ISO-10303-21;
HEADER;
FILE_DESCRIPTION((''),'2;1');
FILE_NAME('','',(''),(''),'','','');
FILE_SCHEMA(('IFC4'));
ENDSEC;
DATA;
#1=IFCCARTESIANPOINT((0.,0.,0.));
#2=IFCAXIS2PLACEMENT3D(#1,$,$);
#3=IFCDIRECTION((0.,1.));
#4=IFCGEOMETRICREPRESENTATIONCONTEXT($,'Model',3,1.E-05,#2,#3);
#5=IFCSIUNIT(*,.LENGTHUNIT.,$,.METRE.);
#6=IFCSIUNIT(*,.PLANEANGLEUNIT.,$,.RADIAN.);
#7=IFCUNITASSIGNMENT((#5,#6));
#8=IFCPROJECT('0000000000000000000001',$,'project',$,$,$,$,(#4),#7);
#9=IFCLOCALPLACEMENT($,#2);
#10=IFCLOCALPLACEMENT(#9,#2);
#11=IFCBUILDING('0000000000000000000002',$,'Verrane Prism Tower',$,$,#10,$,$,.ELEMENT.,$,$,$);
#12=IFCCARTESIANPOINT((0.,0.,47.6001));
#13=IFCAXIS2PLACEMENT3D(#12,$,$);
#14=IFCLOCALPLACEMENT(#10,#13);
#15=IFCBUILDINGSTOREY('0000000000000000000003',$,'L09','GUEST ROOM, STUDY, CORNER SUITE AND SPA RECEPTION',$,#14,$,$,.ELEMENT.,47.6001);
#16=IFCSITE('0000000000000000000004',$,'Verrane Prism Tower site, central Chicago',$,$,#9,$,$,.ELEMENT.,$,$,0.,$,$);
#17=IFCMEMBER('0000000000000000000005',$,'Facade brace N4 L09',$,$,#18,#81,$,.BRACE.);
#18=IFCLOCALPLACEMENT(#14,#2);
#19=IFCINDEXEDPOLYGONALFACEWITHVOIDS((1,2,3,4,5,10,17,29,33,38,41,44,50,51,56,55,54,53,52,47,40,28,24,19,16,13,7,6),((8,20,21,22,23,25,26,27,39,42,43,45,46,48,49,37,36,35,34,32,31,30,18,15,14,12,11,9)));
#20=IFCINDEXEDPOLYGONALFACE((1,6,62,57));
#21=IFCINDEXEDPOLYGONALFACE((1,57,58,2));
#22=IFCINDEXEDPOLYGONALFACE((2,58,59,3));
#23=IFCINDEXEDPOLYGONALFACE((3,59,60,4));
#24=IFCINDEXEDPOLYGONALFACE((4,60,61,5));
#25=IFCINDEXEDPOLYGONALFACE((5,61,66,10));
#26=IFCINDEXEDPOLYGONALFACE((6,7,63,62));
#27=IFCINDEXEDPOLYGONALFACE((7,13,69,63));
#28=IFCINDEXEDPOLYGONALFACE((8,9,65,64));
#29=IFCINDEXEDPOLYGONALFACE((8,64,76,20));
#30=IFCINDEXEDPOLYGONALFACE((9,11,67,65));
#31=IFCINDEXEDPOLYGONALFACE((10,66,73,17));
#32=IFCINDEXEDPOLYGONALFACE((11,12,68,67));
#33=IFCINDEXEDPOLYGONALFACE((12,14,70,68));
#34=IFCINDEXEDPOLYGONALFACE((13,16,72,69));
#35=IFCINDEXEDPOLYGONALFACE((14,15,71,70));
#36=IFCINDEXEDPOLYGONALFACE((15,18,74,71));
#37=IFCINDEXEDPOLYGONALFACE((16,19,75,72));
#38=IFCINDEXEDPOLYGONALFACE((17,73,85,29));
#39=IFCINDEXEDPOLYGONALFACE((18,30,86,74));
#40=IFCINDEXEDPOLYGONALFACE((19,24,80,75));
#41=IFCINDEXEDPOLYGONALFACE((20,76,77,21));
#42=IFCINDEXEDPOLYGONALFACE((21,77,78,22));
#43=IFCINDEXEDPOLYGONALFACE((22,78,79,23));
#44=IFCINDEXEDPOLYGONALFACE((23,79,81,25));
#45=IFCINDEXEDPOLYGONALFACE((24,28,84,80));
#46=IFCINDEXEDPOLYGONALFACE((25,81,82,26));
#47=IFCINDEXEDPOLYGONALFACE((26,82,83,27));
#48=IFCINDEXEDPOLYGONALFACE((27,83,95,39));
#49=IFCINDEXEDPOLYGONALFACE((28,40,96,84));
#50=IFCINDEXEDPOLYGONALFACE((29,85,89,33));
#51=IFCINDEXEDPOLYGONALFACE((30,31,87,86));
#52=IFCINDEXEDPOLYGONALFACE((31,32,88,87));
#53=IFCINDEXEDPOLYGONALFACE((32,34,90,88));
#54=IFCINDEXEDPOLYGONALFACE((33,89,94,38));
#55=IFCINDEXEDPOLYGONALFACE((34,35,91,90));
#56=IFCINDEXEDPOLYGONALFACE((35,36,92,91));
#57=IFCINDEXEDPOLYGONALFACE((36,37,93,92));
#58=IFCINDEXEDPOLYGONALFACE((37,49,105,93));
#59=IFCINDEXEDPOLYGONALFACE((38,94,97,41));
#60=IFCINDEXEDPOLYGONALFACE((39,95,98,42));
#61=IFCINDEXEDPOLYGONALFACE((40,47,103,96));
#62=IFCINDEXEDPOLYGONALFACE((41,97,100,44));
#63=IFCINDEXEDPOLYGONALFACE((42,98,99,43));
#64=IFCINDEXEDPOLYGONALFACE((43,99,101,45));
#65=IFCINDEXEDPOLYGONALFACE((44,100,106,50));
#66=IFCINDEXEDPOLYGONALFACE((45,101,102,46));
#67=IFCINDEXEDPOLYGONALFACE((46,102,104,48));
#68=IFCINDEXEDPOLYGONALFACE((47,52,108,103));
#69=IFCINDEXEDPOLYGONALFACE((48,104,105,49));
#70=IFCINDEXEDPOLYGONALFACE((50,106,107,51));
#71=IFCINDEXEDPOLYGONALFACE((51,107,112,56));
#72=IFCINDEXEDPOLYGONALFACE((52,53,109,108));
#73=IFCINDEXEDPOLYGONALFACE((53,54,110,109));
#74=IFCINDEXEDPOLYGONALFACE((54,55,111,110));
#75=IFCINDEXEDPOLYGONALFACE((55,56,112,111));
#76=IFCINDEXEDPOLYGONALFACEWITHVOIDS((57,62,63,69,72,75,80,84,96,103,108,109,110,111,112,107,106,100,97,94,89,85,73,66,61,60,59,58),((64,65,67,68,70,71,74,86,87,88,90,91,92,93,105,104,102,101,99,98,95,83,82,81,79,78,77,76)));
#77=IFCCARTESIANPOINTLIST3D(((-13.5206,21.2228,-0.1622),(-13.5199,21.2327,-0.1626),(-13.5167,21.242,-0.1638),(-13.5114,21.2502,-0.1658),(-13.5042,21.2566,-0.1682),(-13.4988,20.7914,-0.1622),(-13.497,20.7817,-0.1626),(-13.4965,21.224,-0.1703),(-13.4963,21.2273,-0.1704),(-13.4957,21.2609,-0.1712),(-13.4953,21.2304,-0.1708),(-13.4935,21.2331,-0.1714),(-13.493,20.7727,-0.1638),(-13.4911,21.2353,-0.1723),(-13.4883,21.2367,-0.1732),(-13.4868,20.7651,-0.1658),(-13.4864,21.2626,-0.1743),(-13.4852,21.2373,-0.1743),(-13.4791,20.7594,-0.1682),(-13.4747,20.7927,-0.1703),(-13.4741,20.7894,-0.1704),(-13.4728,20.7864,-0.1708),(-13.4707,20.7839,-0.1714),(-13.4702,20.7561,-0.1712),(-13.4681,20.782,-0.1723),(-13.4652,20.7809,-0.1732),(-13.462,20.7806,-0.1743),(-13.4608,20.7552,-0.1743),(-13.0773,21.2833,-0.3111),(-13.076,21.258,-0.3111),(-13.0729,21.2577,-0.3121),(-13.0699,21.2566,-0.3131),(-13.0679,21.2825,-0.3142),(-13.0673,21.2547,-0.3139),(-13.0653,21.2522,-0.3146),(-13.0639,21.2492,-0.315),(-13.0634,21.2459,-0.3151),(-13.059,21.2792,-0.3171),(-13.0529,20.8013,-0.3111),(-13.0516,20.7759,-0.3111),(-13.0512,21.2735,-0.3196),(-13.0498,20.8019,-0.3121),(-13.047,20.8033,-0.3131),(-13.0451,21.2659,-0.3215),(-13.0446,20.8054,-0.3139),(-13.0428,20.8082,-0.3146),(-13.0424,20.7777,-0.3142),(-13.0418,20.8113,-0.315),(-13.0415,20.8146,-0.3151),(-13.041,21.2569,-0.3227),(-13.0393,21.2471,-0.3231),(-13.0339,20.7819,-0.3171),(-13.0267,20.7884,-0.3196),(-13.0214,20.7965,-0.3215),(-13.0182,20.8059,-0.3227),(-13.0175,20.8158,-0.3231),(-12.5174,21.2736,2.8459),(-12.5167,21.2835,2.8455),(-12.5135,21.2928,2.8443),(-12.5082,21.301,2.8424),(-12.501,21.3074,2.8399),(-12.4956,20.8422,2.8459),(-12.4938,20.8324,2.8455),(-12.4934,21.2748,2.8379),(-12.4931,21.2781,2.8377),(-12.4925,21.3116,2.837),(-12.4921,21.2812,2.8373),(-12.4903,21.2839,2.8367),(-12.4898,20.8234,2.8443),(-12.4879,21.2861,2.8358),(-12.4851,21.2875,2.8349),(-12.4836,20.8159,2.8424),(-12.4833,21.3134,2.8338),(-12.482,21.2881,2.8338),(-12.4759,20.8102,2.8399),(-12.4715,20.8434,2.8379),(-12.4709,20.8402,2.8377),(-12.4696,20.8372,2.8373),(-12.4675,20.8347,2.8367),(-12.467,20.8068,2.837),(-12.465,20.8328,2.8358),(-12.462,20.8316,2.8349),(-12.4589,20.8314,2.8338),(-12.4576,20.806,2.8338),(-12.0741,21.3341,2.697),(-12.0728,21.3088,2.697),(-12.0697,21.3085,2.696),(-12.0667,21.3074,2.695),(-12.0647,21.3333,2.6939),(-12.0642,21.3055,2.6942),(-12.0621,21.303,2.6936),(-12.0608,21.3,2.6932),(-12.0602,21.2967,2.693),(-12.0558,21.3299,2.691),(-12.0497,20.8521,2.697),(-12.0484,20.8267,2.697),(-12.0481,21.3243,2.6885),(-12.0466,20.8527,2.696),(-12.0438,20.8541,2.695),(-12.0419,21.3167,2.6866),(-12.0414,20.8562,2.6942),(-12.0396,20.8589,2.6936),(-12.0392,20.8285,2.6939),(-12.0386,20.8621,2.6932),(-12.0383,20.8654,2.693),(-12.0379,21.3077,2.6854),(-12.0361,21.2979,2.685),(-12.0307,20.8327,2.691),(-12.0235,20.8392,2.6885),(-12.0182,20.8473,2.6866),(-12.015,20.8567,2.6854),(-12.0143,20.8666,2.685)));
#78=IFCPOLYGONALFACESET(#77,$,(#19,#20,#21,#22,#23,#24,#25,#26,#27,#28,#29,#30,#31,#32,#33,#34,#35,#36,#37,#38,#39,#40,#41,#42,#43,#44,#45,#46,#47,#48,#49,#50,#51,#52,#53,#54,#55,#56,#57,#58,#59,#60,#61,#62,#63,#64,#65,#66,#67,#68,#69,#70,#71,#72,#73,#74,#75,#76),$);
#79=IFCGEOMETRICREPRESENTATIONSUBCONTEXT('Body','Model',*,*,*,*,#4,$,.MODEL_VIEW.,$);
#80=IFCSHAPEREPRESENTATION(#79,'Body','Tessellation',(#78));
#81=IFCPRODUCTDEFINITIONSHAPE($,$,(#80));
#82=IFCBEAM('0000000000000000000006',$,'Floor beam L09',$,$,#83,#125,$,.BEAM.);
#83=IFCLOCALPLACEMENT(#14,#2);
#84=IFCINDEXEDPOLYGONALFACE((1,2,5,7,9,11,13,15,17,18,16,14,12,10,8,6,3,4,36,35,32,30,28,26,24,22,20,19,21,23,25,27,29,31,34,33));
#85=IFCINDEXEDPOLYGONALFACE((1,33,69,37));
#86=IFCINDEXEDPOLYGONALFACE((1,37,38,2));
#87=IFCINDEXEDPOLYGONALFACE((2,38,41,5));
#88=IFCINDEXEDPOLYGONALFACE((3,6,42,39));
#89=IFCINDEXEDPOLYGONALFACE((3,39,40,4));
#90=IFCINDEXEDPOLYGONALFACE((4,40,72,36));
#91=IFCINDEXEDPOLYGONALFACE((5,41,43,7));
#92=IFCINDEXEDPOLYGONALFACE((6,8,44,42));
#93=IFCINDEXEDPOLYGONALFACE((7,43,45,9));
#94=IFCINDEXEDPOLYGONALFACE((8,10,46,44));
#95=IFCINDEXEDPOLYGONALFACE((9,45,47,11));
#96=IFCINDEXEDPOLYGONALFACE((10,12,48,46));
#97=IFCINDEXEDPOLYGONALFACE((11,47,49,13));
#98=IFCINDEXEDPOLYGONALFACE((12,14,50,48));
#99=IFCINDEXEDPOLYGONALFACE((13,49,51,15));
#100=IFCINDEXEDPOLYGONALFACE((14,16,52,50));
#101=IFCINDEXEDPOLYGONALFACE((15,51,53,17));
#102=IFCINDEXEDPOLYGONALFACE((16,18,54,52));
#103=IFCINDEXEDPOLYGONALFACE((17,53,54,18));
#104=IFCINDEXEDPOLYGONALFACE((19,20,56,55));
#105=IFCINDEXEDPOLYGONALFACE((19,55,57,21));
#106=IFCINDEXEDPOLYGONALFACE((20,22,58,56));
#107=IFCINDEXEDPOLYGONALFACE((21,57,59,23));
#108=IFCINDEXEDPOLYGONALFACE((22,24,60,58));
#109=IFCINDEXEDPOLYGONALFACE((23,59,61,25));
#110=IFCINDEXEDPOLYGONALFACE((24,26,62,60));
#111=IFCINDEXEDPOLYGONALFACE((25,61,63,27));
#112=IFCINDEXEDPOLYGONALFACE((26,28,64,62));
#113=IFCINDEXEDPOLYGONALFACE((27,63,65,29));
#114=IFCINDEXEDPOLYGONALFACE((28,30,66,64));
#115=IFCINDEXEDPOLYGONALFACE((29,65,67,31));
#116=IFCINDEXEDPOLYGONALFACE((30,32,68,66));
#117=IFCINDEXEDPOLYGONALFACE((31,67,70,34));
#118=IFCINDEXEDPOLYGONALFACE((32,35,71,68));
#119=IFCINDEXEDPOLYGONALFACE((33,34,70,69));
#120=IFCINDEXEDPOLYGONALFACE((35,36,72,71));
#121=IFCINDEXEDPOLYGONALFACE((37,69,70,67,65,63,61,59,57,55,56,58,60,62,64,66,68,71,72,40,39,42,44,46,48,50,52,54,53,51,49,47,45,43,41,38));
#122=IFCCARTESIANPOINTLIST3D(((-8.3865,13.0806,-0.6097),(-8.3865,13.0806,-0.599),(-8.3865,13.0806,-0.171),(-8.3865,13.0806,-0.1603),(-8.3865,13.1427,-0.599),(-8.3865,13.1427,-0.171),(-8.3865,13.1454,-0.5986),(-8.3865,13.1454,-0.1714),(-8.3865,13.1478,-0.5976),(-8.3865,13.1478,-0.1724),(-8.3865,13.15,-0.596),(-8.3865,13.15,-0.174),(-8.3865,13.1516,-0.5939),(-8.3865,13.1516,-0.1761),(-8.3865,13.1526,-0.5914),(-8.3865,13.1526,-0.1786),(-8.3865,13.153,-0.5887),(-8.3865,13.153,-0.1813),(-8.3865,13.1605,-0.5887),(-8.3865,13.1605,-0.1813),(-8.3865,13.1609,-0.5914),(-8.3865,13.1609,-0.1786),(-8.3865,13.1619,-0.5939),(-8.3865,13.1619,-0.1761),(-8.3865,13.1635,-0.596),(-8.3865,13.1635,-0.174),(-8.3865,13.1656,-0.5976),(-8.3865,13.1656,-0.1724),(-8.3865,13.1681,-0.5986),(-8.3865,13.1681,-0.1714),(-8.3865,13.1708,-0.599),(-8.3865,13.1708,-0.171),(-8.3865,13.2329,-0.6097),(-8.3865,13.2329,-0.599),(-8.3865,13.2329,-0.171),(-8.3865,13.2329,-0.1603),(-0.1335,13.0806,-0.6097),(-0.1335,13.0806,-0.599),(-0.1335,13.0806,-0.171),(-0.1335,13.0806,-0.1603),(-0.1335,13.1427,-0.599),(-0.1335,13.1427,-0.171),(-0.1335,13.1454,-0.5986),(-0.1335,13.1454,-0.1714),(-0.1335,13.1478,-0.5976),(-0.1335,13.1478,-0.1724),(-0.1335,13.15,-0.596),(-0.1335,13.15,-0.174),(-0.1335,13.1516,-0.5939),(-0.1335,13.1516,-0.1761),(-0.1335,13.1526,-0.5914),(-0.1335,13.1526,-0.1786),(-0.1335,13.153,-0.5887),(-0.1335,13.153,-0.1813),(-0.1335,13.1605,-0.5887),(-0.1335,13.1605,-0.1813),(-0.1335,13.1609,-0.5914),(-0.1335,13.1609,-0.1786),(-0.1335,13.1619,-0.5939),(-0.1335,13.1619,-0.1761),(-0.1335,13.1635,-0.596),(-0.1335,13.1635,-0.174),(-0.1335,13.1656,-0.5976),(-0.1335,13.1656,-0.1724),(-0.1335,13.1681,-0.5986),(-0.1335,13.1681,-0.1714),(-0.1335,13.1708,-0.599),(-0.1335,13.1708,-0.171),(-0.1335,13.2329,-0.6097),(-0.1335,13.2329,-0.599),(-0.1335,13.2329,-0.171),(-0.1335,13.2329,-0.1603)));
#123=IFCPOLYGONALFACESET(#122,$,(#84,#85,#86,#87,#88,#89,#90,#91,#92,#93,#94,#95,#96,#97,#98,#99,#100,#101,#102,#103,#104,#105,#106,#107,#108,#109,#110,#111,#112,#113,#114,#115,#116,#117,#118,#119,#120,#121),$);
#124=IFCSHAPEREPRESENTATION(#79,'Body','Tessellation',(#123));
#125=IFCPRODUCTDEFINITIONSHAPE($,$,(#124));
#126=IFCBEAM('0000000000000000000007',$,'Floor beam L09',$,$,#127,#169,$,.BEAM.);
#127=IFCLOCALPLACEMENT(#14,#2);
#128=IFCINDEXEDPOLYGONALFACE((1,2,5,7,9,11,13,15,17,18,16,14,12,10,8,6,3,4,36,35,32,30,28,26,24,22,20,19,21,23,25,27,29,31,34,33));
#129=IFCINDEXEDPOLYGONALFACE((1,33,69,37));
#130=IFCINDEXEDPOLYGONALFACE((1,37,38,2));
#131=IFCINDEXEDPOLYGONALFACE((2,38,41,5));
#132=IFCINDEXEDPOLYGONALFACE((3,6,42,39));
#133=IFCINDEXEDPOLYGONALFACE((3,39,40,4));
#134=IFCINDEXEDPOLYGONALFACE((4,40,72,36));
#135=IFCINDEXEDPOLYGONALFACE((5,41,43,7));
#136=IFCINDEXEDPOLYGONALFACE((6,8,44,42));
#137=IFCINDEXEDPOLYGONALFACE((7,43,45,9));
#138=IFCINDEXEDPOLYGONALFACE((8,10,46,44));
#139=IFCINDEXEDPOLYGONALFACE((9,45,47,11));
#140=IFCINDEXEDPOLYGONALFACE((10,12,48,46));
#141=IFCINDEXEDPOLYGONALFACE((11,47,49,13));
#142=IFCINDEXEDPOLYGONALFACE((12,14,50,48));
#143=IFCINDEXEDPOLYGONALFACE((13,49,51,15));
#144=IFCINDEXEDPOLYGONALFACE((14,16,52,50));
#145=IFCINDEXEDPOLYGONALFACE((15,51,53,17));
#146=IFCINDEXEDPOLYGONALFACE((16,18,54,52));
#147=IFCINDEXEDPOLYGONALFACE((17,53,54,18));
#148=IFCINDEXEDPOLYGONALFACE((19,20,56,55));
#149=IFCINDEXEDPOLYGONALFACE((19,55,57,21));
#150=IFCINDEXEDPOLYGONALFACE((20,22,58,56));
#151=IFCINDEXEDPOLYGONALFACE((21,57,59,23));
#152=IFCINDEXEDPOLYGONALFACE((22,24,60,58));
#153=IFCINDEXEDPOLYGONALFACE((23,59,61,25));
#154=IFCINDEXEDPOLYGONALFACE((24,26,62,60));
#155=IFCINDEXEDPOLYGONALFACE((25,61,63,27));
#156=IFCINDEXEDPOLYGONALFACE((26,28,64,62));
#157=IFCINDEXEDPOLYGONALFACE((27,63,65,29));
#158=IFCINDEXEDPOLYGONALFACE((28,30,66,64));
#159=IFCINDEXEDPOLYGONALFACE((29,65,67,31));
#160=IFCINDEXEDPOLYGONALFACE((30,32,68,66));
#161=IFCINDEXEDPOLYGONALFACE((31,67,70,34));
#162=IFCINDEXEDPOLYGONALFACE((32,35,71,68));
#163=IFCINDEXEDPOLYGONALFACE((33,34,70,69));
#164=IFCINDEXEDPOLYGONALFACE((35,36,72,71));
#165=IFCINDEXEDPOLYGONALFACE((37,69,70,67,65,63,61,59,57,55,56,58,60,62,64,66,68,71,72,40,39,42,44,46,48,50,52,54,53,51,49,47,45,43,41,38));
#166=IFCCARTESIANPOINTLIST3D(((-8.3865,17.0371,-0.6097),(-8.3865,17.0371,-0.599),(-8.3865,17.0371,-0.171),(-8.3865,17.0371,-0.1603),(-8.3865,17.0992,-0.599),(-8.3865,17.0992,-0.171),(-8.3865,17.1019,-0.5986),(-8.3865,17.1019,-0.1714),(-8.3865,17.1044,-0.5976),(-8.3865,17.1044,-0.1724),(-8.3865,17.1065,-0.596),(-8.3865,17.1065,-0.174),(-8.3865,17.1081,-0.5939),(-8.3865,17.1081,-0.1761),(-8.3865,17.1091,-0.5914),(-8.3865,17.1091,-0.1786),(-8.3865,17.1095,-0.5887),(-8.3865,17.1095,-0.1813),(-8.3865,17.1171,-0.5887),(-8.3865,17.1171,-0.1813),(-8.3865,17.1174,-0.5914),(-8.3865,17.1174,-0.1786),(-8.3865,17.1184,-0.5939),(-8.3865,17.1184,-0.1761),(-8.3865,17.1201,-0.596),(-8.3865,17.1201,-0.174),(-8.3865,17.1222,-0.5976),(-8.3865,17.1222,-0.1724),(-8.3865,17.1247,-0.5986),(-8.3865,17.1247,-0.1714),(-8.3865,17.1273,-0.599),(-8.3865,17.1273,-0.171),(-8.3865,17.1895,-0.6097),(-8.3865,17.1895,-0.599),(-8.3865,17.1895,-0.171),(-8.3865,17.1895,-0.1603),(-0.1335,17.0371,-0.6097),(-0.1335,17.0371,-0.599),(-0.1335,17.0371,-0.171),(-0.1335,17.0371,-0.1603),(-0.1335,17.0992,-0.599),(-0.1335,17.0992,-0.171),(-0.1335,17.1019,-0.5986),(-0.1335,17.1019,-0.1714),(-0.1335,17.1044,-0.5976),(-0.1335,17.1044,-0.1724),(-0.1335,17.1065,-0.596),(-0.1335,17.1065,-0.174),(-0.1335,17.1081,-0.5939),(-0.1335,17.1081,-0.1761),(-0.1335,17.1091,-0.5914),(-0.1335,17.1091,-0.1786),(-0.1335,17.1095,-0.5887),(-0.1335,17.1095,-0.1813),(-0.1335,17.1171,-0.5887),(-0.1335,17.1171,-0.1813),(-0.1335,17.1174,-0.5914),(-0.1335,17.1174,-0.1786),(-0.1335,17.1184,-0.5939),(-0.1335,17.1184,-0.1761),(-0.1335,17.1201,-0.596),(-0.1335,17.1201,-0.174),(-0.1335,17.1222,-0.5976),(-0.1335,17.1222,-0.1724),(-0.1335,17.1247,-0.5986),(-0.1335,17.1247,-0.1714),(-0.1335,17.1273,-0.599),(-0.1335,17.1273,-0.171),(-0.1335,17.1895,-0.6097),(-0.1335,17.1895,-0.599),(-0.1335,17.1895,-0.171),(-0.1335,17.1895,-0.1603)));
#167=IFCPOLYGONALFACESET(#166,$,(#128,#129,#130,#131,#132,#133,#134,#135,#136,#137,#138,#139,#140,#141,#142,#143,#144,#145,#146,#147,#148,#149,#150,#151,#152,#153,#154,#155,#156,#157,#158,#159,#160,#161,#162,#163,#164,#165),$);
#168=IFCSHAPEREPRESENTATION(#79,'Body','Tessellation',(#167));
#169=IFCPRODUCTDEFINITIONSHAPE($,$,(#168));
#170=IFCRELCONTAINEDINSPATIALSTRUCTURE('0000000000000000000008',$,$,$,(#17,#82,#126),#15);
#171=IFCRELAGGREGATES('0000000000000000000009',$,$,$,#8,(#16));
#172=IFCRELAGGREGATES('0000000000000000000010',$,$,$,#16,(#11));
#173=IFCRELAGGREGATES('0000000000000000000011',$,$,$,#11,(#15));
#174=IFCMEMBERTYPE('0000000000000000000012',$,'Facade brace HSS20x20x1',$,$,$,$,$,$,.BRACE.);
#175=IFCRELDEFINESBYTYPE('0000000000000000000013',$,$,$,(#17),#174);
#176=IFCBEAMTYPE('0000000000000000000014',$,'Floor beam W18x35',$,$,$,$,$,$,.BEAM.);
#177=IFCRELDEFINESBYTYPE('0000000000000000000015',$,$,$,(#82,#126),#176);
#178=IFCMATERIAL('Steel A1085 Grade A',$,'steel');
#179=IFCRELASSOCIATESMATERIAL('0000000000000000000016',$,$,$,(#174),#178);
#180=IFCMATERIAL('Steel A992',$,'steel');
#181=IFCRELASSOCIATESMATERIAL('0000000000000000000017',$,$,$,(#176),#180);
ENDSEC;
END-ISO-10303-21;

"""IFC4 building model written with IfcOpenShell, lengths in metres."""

from ifc_helpers import new_model, si_unit, direction, frame, origin, origin_2d, place, context, subcontext, project, spatial, hollow_rectangle, i_section, extrude, material, material_profile, profile_set, type_object, element, save


model = new_model("IFC4")

# Units and contexts
model_context = context("Model", 3, precision=1e-05, world=origin(), true_north=direction((0.0, 1.0)))
body_context = subcontext(model_context, "Body", "Model", "MODEL_VIEW")
ifc_project = project(units=[si_unit("LENGTHUNIT", "METRE"), si_unit("PLANEANGLEUNIT", "RADIAN")], contexts=[model_context])

# Site, building, storey
site_placement = place(None, origin())
site = spatial("IfcSite", under=ifc_project, at=site_placement, Name="Verrane Prism Tower site, central Chicago", CompositionType="ELEMENT", RefElevation=0.0)
building_placement = place(site_placement, origin())
building = spatial("IfcBuilding", under=site, at=building_placement, Name="Verrane Prism Tower", CompositionType="ELEMENT")
storey_placement = place(building_placement, frame((0.0, 0.0, 47.6001)))
storey = spatial("IfcBuildingStorey", under=building, at=storey_placement, Name="L09", Description="GUEST ROOM, STUDY, CORNER SUITE AND SPA RECEPTION", CompositionType="ELEMENT", Elevation=47.6001)

# Member
ifc_material_1 = material(Name="Steel A1085 Grade A", Category="steel")
ifc_material_profile_1 = material_profile(ifc_material_1, hollow_rectangle(XDim=0.5081, YDim=0.5081, WallThickness=0.0254, InnerFilletRadius=0.0127, OuterFilletRadius=0.0381, at=origin_2d()), Name="HSS20x20x1")
ifc_profile_set_1 = profile_set([ifc_material_profile_1], Name="Steel A1085 Grade A")
member_type_1 = type_object("IfcMemberType", Name="Facade brace HSS20x20x1", PredefinedType="BRACE", material=ifc_profile_set_1)
member_1_placement = place(storey_placement, frame((-13.269, 21.0193, -0.2427), z_axis=(0.316326, 0.016013, 0.948515), x_axis=(-0.050556, 0.998721, 0.0)))
element("IfcMember", 1, at=member_1_placement, inside=storey, type_object=member_type_1, Name="Facade brace N4 L09", PredefinedType="BRACE", context=body_context, shape_type="SweptSolid", body=[
    extrude(hollow_rectangle(XDim=0.5081, YDim=0.5081, WallThickness=0.0254, InnerFilletRadius=0.0127, OuterFilletRadius=0.0381, at=origin_2d()), origin(), (0.0, 0.0, 1.0), 3.1714),
])

# Beams
ifc_material_2 = material(Name="Steel A992", Category="steel")
ifc_material_profile_2 = material_profile(ifc_material_2, i_section(OverallWidth=0.1523, OverallDepth=0.4495, WebThickness=0.0076, FlangeThickness=0.0107, FilletRadius=0.0103, at=origin_2d()), Name="W18x35")
ifc_profile_set_2 = profile_set([ifc_material_profile_2], Name="Steel A992")
beam_type_1 = type_object("IfcBeamType", Name="Floor beam W18x35", PredefinedType="BEAM", material=ifc_profile_set_2)
for number, where, z_axis, x_axis, name in (
    (2, (-8.3865, 13.1567, -0.385), (1.0, 0.0, 0.0), (0.0, 1.0, 0.0), "Floor beam L09"),
    (3, (-8.3865, 17.1133, -0.385), (1.0, 0.0, 0.0), (0.0, 1.0, 0.0), "Floor beam L09"),
):
    element("IfcBeam", number, at=place(storey_placement, frame(where, z_axis=z_axis, x_axis=x_axis)), inside=storey, type_object=beam_type_1, Name=name, PredefinedType="BEAM", context=body_context, shape_type="SweptSolid", body=[
        extrude(i_section(OverallWidth=0.1523, OverallDepth=0.4495, WebThickness=0.0076, FlangeThickness=0.0107, FilletRadius=0.0103, at=origin_2d()), origin(), (0.0, 0.0, 1.0), 8.2529),
    ])

save(model, "model.ifc")
